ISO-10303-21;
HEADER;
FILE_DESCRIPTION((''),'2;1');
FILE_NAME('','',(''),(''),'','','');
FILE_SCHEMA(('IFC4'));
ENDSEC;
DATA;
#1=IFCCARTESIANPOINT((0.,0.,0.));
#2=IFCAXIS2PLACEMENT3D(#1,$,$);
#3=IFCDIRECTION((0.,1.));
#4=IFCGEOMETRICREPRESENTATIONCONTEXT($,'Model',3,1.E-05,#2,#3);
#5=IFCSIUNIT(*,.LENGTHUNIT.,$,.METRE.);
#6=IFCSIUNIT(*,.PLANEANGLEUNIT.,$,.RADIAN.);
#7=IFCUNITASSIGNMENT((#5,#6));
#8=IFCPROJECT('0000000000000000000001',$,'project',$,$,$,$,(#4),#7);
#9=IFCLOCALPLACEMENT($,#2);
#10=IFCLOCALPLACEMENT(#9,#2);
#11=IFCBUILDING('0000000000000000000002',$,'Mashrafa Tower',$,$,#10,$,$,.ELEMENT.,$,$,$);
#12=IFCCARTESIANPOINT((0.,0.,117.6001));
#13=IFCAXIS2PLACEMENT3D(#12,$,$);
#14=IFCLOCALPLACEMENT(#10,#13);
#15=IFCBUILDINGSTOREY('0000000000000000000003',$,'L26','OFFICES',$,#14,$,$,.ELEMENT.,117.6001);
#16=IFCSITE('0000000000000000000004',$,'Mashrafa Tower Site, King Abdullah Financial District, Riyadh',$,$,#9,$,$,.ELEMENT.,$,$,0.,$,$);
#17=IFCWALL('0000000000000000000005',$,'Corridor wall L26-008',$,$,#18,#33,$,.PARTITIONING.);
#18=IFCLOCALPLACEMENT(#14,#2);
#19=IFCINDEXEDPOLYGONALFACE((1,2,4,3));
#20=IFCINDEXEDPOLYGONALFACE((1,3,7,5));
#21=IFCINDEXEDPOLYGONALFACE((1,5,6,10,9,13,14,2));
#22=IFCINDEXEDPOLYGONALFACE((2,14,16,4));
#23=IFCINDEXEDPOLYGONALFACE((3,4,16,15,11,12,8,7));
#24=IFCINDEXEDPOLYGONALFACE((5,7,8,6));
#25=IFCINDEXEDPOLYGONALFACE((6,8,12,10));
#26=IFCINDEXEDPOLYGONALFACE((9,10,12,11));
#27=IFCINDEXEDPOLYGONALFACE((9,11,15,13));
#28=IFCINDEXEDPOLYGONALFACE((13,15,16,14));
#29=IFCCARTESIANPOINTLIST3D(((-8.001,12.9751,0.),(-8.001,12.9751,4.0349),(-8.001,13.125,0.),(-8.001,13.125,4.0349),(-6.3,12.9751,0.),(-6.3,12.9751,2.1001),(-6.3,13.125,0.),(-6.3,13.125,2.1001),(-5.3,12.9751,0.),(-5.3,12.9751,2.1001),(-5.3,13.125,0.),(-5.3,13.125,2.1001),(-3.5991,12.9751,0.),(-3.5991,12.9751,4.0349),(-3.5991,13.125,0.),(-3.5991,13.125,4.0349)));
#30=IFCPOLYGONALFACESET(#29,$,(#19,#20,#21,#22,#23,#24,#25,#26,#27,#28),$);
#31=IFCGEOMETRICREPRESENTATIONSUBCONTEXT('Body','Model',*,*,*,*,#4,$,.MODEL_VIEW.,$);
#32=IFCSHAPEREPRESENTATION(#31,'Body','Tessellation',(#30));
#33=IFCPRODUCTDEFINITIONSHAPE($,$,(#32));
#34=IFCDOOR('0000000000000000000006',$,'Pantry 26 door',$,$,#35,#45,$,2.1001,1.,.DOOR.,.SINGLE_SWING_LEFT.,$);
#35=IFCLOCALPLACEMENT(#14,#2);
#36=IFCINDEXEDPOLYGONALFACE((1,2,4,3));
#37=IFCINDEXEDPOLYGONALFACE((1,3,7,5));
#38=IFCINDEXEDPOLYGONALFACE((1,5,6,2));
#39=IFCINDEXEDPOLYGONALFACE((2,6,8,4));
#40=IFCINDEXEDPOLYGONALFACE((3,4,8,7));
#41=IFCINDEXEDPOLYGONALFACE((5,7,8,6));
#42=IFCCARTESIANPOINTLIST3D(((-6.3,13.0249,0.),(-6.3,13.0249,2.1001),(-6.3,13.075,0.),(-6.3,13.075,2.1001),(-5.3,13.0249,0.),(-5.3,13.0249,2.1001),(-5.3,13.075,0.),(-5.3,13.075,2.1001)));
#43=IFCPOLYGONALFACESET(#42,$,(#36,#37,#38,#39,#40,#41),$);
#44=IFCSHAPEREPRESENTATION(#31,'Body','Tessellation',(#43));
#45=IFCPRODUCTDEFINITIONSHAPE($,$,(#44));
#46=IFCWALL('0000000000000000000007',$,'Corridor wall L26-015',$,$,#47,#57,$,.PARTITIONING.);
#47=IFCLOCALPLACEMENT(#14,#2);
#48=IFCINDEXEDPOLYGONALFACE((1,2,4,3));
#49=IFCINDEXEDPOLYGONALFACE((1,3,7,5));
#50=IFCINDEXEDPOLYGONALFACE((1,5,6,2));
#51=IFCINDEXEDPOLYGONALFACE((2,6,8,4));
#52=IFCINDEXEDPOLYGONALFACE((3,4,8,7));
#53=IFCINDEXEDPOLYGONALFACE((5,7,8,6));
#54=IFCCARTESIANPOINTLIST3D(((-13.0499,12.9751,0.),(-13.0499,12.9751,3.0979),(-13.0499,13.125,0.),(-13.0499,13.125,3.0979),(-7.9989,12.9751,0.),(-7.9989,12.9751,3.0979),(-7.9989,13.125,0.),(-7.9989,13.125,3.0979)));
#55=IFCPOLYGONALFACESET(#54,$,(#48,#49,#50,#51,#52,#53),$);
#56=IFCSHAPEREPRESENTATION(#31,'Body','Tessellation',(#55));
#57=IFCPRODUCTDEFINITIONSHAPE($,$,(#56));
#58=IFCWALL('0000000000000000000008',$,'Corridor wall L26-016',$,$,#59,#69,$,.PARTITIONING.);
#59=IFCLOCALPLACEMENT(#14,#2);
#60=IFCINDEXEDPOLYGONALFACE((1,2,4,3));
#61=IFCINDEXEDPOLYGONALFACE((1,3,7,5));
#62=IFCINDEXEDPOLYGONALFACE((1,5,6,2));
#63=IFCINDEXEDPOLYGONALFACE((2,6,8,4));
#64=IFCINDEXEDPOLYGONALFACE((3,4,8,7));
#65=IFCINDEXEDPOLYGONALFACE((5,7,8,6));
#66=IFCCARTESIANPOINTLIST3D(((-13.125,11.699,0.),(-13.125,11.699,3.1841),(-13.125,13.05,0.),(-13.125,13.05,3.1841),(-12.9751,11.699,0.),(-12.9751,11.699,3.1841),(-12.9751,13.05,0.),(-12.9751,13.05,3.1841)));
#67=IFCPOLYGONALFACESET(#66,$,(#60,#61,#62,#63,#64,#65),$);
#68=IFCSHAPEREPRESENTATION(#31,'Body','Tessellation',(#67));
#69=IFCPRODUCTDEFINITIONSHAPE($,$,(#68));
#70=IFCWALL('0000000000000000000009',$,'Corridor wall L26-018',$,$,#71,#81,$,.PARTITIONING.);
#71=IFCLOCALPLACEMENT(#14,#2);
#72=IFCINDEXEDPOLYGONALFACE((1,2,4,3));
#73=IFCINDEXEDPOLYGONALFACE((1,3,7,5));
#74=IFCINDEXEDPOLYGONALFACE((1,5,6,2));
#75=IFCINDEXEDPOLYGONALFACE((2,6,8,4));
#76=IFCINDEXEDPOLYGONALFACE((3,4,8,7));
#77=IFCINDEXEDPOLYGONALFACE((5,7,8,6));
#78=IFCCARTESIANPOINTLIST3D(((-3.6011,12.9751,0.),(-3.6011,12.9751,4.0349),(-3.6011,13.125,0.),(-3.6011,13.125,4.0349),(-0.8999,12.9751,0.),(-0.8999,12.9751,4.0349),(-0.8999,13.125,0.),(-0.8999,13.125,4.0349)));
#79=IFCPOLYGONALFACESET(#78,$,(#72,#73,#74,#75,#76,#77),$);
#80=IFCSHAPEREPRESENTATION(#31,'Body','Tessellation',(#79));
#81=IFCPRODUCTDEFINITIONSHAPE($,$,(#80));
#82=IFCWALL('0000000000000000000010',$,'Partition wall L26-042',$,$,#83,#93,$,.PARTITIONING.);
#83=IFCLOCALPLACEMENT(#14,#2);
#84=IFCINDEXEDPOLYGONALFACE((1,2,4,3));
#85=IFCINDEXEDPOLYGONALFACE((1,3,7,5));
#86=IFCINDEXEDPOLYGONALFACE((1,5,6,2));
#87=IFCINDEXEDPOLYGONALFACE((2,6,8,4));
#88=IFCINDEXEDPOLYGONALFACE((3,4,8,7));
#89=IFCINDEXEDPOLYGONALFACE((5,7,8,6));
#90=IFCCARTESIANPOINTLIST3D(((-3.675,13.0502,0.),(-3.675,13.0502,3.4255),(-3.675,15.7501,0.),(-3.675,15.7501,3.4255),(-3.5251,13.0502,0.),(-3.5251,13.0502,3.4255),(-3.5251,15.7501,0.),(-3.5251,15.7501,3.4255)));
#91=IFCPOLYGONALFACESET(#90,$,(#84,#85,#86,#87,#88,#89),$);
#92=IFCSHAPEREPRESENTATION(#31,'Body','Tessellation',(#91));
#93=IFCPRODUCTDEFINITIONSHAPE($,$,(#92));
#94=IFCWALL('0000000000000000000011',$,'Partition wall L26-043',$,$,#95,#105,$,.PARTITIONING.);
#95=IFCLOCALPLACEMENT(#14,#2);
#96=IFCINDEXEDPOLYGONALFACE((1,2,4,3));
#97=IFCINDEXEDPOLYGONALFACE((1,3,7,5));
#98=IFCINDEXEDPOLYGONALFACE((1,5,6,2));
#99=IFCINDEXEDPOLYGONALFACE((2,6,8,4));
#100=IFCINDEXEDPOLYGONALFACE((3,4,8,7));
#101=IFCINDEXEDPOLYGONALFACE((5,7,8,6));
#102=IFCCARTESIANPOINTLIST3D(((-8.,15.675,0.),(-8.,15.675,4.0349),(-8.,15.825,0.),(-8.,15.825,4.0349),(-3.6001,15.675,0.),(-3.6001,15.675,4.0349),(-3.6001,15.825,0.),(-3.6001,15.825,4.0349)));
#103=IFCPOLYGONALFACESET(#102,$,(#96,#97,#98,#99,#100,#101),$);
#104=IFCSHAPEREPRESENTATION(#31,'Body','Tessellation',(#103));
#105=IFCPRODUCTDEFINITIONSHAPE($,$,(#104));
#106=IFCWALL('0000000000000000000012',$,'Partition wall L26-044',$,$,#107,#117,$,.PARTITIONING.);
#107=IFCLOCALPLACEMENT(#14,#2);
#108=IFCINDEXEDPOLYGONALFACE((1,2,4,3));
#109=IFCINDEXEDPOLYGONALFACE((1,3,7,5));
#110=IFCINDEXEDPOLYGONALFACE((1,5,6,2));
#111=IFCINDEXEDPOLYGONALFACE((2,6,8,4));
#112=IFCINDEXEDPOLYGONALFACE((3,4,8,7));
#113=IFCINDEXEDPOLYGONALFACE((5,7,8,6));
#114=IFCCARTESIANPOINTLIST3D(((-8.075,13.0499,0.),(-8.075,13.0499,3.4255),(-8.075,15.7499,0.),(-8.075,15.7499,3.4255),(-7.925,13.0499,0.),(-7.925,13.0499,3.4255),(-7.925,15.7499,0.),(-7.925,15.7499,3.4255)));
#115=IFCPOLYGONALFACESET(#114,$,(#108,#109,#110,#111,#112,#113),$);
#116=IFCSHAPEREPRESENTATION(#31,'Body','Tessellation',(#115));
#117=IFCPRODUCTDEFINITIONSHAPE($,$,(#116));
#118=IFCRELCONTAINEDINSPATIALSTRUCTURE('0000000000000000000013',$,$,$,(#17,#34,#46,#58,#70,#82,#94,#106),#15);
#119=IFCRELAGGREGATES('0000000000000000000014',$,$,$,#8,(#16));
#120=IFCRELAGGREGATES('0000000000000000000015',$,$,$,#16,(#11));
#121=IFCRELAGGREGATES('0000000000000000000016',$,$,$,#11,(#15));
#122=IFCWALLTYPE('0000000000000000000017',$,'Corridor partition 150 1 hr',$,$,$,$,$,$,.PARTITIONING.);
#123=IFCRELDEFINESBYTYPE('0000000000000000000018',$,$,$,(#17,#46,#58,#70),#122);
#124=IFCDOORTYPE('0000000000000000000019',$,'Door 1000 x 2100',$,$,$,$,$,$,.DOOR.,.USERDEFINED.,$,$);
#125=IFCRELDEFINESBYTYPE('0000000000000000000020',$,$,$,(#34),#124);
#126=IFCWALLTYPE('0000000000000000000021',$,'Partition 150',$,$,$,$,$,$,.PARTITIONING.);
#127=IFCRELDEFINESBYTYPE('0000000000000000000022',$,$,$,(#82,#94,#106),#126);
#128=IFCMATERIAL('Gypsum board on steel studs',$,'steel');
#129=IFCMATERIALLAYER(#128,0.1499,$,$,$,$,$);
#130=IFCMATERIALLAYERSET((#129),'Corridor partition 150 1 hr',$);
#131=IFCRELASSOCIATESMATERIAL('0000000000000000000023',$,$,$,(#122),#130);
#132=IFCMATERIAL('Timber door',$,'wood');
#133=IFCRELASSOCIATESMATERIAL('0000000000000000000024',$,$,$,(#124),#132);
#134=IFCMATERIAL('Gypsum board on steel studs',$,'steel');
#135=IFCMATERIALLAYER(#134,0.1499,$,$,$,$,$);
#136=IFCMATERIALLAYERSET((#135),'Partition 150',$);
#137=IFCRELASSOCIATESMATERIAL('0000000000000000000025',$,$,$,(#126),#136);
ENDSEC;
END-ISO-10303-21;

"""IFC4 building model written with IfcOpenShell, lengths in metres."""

from ifc_helpers import new_model, si_unit, direction, frame, frame_2d, origin, place, context, subcontext, project, spatial, rectangle, extrude, material, layer, layer_set, type_object, element, fill, save


model = new_model("IFC4")

# Units and contexts
model_context = context("Model", 3, precision=1e-05, world=origin(), true_north=direction((0.0, 1.0)))
body_context = subcontext(model_context, "Body", "Model", "MODEL_VIEW")
ifc_project = project(units=[si_unit("LENGTHUNIT", "METRE"), si_unit("PLANEANGLEUNIT", "RADIAN")], contexts=[model_context])

# Site, building, storey
site_placement = place(None, origin())
site = spatial("IfcSite", under=ifc_project, at=site_placement, Name="Mashrafa Tower Site, King Abdullah Financial District, Riyadh", CompositionType="ELEMENT", RefElevation=0.0)
building_placement = place(site_placement, origin())
building = spatial("IfcBuilding", under=site, at=building_placement, Name="Mashrafa Tower", CompositionType="ELEMENT")
storey_placement = place(building_placement, frame((0.0, 0.0, 117.6001)))
storey = spatial("IfcBuildingStorey", under=building, at=storey_placement, Name="L26", Description="OFFICES", CompositionType="ELEMENT", Elevation=117.6001)

# Wall, opening, door
ifc_material_1 = material(Name="Gypsum board on steel studs", Category="steel")
ifc_layer_1 = layer(ifc_material_1, 0.1499)
ifc_layer_set_1 = layer_set([ifc_layer_1], Name="Corridor partition 150 1 hr")
wall_type_1 = type_object("IfcWallType", Name="Corridor partition 150 1 hr", PredefinedType="PARTITIONING", material=ifc_layer_set_1)
wall_1_placement = place(storey_placement, frame((-3.5991, 13.05, 0.0), z_axis=(0.0, 0.0, 1.0), x_axis=(-1.0, 0.0, 0.0)))
wall_1 = element("IfcWall", 1, at=wall_1_placement, inside=storey, type_object=wall_type_1, Name="Corridor wall L26-008", PredefinedType="PARTITIONING", context=body_context, shape_type="SweptSolid", body=[
    extrude(rectangle(XDim=4.4019, YDim=0.1499, at=frame_2d((2.2009, 0.0))), origin(), (0.0, 0.0, 1.0), 4.0349),
])
opening_1_placement = place(wall_1_placement, frame((1.7009, 0.0, 0.0)))
opening_1 = element("IfcOpeningElement", 2, at=opening_1_placement, cuts=wall_1, PredefinedType="OPENING", context=body_context, shape_type="SweptSolid", body=[
    extrude(rectangle(XDim=1.0, YDim=2.1001, at=frame_2d((0.5, 1.05))), frame((0.0, 0.085, 0.0), z_axis=(0.0, -1.0, 0.0), x_axis=(1.0, 0.0, 0.0)), (0.0, 0.0, 1.0), 0.1699),
])
ifc_material_2 = material(Name="Timber door", Category="wood")
door_type_1 = type_object("IfcDoorType", Name="Door 1000 x 2100", OperationType="USERDEFINED", PredefinedType="DOOR", material=ifc_material_2)
door_1_placement = place(opening_1_placement, frame((1.0, 0.0, 0.0), z_axis=(0.0, 0.0, 1.0), x_axis=(-1.0, 0.0, 0.0)))
door_1 = element("IfcDoor", 3, at=door_1_placement, inside=storey, type_object=door_type_1, Name="Pantry 26 door", OperationType="SINGLE_SWING_LEFT", OverallHeight=2.1001, OverallWidth=1.0, PredefinedType="DOOR", context=body_context, shape_type="SweptSolid", body=[
    extrude(rectangle(XDim=1.0, YDim=2.1001, at=frame_2d((0.5, 1.05))), frame((0.0, 0.0249, 0.0), z_axis=(0.0, -1.0, 0.0), x_axis=(1.0, 0.0, 0.0)), (0.0, 0.0, 1.0), 0.05),
])
fill(opening_1, door_1)

# Walls
wall_2_placement = place(storey_placement, frame((-7.999, 13.05, 0.0), z_axis=(0.0, 0.0, 1.0), x_axis=(-1.0, 0.0, 0.0)))
element("IfcWall", 4, at=wall_2_placement, inside=storey, type_object=wall_type_1, Name="Corridor wall L26-015", PredefinedType="PARTITIONING", context=body_context, shape_type="SweptSolid", body=[
    extrude(rectangle(XDim=5.051, YDim=0.1499, at=frame_2d((2.5254, 0.0))), origin(), (0.0, 0.0, 1.0), 3.0979),
])
wall_3_placement = place(storey_placement, frame((-13.05, 13.05, 0.0), z_axis=(0.0, 0.0, 1.0), x_axis=(0.0, -1.0, 0.0)))
element("IfcWall", 5, at=wall_3_placement, inside=storey, type_object=wall_type_1, Name="Corridor wall L26-016", PredefinedType="PARTITIONING", context=body_context, shape_type="SweptSolid", body=[
    extrude(rectangle(XDim=1.3511, YDim=0.1499, at=frame_2d((0.6755, 0.0))), origin(), (0.0, 0.0, 1.0), 3.1841),
])
wall_4_placement = place(storey_placement, frame((-0.8999, 13.05, 0.0), z_axis=(0.0, 0.0, 1.0), x_axis=(-1.0, 0.0, 0.0)))
element("IfcWall", 6, at=wall_4_placement, inside=storey, type_object=wall_type_1, Name="Corridor wall L26-018", PredefinedType="PARTITIONING", context=body_context, shape_type="SweptSolid", body=[
    extrude(rectangle(XDim=2.7012, YDim=0.1499, at=frame_2d((1.3506, 0.0))), origin(), (0.0, 0.0, 1.0), 4.0349),
])
ifc_material_3 = material(Name="Gypsum board on steel studs", Category="steel")
ifc_layer_2 = layer(ifc_material_3, 0.1499)
ifc_layer_set_2 = layer_set([ifc_layer_2], Name="Partition 150")
wall_type_2 = type_object("IfcWallType", Name="Partition 150", PredefinedType="PARTITIONING", material=ifc_layer_set_2)
wall_5_placement = place(storey_placement, frame((-3.6001, 13.05, 0.0), z_axis=(0.0, 0.0, 1.0), x_axis=(0.0, 1.0, 0.0)))
element("IfcWall", 7, at=wall_5_placement, inside=storey, type_object=wall_type_2, Name="Partition wall L26-042", PredefinedType="PARTITIONING", context=body_context, shape_type="SweptSolid", body=[
    extrude(rectangle(XDim=2.7, YDim=0.1499, at=frame_2d((1.3501, 0.0))), origin(), (0.0, 0.0, 1.0), 3.4255),
])
wall_6_placement = place(storey_placement, frame((-3.6001, 15.75, 0.0), z_axis=(0.0, 0.0, 1.0), x_axis=(-1.0, 0.0, 0.0)))
element("IfcWall", 8, at=wall_6_placement, inside=storey, type_object=wall_type_2, Name="Partition wall L26-043", PredefinedType="PARTITIONING", context=body_context, shape_type="SweptSolid", body=[
    extrude(rectangle(XDim=4.3999, YDim=0.1499, at=frame_2d((2.2, 0.0))), origin(), (0.0, 0.0, 1.0), 4.0349),
])
wall_7_placement = place(storey_placement, frame((-8.0, 15.75, 0.0), z_axis=(0.0, 0.0, 1.0), x_axis=(0.0, -1.0, 0.0)))
element("IfcWall", 9, at=wall_7_placement, inside=storey, type_object=wall_type_2, Name="Partition wall L26-044", PredefinedType="PARTITIONING", context=body_context, shape_type="SweptSolid", body=[
    extrude(rectangle(XDim=2.7, YDim=0.1499, at=frame_2d((1.3501, 0.0))), origin(), (0.0, 0.0, 1.0), 3.4255),
])

save(model, "model.ifc")
